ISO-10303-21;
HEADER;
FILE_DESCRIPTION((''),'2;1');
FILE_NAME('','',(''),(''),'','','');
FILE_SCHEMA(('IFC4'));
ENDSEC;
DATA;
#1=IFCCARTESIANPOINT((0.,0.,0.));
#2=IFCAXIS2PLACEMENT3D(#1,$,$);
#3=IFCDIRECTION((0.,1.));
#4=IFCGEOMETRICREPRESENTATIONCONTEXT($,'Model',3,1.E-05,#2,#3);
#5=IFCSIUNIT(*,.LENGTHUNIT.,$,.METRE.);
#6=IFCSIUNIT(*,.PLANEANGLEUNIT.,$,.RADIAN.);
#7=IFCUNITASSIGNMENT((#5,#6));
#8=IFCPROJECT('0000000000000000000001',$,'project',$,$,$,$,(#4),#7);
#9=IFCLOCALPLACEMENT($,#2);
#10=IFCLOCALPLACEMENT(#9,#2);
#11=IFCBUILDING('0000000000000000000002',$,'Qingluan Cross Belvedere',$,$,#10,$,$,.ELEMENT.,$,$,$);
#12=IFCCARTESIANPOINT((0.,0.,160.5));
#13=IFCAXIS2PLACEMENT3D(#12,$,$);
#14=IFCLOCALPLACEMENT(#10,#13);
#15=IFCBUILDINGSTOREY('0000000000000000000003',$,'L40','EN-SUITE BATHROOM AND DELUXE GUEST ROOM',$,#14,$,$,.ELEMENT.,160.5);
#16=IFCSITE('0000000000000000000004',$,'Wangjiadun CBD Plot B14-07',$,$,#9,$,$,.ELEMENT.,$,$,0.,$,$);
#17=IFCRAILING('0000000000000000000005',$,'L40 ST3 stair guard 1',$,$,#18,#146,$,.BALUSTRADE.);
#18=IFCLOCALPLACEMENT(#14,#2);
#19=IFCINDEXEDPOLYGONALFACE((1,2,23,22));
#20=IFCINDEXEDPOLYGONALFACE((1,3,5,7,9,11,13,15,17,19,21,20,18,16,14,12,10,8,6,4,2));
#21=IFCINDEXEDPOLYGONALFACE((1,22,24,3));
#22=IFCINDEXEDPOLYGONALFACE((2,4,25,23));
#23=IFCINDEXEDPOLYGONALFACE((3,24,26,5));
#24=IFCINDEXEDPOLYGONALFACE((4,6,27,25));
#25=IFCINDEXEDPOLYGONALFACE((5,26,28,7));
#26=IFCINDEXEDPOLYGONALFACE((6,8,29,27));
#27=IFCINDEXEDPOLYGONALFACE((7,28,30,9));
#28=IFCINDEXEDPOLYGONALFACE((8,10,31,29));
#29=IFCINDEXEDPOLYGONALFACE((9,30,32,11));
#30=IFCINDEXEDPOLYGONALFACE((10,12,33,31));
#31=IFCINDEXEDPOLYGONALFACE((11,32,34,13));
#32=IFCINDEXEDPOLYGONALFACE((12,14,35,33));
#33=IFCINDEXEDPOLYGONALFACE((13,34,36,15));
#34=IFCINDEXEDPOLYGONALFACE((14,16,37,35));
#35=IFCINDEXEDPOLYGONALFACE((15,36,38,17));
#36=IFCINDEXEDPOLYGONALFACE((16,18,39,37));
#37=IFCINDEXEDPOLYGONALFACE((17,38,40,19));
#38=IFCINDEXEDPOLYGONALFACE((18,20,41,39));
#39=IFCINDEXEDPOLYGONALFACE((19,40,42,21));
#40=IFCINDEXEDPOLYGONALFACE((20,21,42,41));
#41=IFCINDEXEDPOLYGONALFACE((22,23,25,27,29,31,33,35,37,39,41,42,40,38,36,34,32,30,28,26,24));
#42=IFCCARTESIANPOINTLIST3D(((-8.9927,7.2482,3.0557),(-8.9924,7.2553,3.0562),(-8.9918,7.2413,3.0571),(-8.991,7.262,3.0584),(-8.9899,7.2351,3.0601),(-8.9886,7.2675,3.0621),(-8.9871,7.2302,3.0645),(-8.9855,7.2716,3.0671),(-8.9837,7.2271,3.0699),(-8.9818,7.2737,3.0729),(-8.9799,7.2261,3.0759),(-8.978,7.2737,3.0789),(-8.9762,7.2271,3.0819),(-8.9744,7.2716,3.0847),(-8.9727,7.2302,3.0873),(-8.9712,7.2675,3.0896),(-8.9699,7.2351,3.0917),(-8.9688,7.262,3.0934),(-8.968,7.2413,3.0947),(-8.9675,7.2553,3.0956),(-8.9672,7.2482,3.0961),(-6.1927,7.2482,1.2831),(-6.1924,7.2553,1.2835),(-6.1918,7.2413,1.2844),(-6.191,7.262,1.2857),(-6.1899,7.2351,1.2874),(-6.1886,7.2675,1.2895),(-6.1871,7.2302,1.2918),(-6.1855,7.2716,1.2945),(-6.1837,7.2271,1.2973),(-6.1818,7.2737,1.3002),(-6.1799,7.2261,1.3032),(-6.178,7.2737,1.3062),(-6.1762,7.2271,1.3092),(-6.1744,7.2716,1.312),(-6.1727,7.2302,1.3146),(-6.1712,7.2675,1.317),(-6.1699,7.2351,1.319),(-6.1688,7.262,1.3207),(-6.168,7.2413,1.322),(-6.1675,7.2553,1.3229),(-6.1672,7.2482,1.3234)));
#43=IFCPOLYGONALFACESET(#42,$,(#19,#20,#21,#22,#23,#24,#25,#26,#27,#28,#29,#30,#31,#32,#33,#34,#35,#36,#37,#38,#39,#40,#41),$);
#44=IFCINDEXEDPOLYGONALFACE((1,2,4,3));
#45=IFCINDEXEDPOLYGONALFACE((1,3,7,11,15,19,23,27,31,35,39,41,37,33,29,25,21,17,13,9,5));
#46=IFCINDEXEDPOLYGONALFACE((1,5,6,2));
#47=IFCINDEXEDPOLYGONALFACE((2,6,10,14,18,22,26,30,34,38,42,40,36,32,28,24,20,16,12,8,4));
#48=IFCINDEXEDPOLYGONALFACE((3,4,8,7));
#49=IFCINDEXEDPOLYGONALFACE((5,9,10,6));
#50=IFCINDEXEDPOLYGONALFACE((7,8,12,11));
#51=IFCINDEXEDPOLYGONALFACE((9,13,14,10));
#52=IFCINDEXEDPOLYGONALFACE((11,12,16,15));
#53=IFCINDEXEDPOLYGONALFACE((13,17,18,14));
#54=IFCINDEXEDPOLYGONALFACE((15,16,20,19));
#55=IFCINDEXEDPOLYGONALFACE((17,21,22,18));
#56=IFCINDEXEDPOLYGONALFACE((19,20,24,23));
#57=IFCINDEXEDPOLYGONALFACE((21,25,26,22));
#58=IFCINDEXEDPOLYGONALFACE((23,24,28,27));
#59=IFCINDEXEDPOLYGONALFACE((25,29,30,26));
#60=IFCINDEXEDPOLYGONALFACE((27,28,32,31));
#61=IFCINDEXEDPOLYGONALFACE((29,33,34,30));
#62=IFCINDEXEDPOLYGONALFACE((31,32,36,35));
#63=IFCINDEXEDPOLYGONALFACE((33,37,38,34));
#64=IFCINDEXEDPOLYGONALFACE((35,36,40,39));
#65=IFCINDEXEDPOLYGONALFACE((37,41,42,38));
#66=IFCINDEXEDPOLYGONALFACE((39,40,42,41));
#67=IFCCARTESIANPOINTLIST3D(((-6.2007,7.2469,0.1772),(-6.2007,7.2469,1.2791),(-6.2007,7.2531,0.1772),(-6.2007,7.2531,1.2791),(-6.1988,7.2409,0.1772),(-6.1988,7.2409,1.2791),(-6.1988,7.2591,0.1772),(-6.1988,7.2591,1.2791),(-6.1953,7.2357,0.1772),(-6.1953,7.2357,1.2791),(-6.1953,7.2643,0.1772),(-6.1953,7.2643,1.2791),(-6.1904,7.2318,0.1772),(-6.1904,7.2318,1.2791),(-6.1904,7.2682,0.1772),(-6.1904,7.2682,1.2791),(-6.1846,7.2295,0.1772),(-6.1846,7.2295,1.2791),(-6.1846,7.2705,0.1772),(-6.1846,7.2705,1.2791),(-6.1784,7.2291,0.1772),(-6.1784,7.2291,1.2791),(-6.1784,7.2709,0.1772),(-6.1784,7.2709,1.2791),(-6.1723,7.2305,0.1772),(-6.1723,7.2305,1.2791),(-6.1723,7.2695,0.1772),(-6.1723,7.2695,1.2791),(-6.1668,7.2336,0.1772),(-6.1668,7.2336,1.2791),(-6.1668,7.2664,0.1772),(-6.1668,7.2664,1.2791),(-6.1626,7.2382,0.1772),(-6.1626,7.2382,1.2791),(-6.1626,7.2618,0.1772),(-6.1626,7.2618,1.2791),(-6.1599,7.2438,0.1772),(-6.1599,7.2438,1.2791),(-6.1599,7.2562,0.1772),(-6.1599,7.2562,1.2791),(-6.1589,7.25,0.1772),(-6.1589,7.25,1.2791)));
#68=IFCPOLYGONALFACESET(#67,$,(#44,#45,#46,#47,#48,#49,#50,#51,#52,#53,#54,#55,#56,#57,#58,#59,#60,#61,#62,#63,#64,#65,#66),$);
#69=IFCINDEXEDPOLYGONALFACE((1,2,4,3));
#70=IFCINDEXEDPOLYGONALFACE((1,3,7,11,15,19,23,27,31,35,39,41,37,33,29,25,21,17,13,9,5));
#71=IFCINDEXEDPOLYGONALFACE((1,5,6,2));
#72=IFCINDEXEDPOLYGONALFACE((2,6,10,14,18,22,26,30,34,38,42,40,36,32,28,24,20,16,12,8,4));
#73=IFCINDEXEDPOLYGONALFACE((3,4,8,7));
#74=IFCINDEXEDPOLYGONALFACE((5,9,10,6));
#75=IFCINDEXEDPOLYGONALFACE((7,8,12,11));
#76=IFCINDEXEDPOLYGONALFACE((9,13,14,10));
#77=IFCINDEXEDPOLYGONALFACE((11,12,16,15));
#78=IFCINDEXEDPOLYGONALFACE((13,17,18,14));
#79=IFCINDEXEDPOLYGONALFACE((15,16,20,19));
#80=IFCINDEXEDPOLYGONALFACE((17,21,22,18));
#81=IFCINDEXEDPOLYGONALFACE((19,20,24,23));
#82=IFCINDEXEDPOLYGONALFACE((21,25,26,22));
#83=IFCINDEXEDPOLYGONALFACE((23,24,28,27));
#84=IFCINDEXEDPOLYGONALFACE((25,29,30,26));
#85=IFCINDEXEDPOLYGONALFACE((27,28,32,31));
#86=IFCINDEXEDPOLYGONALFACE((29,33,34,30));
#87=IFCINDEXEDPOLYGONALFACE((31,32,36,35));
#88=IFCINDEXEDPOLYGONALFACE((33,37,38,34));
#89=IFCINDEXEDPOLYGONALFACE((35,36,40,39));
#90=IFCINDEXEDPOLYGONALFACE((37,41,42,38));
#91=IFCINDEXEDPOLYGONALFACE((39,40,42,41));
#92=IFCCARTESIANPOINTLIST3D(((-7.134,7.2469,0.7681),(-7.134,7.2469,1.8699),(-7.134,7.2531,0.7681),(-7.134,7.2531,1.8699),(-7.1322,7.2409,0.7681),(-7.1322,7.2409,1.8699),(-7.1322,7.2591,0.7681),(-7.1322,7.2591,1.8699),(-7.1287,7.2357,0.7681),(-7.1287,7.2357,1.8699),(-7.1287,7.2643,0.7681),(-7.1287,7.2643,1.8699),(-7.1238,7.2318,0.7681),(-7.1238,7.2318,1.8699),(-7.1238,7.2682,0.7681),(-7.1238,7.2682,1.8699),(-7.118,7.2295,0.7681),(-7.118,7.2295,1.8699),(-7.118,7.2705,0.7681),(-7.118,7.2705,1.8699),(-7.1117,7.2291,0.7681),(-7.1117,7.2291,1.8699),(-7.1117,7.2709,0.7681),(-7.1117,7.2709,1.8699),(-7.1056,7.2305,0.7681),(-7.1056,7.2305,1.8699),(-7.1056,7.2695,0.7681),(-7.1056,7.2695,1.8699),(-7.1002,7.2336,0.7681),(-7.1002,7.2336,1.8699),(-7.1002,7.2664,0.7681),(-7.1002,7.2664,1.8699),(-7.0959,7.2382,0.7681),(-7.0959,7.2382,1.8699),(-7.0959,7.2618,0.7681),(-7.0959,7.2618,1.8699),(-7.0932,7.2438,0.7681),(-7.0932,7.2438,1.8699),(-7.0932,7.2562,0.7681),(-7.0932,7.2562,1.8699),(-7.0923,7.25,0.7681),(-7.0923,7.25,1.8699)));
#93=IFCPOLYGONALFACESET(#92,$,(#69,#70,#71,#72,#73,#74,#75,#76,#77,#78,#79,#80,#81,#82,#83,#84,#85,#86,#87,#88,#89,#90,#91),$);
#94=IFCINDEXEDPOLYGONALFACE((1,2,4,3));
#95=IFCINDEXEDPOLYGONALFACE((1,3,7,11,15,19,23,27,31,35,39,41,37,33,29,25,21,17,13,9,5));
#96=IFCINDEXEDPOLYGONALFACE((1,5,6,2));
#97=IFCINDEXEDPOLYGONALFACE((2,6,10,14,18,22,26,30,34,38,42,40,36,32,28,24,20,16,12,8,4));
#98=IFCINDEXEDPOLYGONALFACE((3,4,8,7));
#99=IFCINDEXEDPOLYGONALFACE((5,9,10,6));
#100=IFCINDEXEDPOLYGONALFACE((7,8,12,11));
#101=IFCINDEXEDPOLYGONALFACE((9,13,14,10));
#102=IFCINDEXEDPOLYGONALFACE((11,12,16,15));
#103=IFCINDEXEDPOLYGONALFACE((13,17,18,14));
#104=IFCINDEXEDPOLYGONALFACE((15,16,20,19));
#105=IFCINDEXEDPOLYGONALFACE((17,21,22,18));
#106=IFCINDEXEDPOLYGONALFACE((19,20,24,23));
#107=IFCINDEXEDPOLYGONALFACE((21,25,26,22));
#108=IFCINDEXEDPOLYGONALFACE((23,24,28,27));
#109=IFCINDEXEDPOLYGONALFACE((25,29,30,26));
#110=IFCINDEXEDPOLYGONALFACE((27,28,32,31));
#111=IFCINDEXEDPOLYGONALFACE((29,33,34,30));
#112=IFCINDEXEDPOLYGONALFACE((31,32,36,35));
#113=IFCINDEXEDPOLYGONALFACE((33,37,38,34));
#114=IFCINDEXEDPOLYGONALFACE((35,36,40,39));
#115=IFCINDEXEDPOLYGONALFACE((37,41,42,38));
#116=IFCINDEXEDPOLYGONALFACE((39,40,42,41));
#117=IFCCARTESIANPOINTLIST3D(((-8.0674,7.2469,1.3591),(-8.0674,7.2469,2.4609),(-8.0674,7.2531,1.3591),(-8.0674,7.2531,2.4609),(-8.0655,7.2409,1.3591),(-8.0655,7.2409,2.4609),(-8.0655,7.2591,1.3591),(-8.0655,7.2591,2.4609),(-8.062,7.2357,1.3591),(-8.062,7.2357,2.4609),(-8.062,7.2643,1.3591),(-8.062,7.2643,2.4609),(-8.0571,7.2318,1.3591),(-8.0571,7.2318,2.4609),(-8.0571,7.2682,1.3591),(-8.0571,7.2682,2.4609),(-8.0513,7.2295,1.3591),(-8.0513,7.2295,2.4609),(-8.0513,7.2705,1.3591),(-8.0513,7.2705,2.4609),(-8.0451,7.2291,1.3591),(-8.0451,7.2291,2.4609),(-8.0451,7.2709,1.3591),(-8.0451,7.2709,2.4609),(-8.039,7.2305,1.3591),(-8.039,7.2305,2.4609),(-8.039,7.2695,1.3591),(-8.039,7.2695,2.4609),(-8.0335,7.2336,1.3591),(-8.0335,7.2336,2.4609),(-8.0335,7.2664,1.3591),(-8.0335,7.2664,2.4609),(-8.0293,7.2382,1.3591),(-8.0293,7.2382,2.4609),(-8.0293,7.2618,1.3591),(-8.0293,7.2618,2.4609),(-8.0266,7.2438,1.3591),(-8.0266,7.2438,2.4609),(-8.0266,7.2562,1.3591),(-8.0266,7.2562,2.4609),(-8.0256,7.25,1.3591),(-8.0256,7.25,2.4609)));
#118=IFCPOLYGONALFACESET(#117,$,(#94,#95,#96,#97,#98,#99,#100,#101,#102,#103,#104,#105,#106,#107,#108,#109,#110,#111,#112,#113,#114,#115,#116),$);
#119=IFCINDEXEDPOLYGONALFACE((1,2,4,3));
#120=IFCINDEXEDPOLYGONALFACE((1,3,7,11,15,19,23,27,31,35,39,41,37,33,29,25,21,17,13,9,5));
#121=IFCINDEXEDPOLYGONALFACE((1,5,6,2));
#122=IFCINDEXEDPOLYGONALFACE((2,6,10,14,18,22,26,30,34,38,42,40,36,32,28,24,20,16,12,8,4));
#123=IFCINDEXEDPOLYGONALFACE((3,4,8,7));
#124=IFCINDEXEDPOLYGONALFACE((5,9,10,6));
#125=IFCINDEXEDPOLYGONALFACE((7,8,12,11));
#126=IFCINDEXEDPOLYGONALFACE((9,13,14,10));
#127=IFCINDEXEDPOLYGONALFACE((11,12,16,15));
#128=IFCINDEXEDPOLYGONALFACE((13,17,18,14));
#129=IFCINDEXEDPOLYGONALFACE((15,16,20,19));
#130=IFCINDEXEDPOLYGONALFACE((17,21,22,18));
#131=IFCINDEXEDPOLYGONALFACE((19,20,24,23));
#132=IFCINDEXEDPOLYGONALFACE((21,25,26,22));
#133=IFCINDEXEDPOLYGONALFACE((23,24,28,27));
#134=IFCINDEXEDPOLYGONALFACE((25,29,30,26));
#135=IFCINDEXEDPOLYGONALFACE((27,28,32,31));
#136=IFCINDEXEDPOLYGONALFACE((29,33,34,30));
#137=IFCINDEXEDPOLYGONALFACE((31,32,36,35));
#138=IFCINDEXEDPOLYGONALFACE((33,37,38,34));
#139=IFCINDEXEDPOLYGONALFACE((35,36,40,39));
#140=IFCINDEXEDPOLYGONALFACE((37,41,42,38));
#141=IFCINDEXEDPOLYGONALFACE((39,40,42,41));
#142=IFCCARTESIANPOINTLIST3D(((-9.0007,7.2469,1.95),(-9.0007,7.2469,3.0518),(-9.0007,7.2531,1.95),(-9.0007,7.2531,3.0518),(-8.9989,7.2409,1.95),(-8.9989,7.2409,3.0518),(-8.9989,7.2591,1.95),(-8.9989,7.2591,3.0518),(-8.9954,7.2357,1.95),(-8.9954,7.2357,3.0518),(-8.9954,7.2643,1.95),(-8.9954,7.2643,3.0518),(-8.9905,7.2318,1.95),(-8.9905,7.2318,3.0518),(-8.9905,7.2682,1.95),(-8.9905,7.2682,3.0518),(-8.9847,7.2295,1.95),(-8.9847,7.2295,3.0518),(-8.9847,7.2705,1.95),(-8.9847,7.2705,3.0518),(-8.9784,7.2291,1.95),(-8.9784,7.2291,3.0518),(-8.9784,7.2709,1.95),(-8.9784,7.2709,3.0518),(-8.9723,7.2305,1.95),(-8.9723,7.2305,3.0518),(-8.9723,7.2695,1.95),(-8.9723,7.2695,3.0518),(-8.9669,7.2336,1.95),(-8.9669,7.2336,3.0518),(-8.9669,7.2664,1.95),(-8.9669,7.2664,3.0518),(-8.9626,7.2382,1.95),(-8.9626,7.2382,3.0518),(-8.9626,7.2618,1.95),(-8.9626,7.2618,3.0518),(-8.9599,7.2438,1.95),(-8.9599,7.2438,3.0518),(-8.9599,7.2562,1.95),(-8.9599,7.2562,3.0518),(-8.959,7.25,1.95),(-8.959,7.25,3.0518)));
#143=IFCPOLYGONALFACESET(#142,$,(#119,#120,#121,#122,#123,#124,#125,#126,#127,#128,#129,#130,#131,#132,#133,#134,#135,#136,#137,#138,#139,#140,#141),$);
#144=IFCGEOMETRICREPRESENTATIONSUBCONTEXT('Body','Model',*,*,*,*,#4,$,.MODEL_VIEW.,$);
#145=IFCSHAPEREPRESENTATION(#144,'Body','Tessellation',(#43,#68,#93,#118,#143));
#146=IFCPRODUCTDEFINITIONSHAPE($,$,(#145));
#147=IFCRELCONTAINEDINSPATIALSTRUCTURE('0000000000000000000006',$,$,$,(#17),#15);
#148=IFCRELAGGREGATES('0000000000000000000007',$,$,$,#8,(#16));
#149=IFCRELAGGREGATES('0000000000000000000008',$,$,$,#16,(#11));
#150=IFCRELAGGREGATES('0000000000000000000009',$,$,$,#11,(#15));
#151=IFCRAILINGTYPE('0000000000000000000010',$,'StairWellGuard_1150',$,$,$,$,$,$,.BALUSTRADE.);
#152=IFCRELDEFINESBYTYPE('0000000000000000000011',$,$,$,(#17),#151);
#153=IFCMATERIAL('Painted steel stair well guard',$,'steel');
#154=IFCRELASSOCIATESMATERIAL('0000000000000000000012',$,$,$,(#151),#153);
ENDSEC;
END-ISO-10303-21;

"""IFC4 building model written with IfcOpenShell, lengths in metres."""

from ifc_helpers import new_model, si_unit, direction, frame, origin, origin_2d, place, context, subcontext, project, spatial, circle, extrude, material, type_object, element, save


model = new_model("IFC4")

# Units and contexts
model_context = context("Model", 3, precision=1e-05, world=origin(), true_north=direction((0.0, 1.0)))
body_context = subcontext(model_context, "Body", "Model", "MODEL_VIEW")
ifc_project = project(units=[si_unit("LENGTHUNIT", "METRE"), si_unit("PLANEANGLEUNIT", "RADIAN")], contexts=[model_context])

# Site, building, storey
site_placement = place(None, origin())
site = spatial("IfcSite", under=ifc_project, at=site_placement, Name="Wangjiadun CBD Plot B14-07", CompositionType="ELEMENT", RefElevation=0.0)
building_placement = place(site_placement, origin())
building = spatial("IfcBuilding", under=site, at=building_placement, Name="Qingluan Cross Belvedere", CompositionType="ELEMENT")
storey_placement = place(building_placement, frame((0.0, 0.0, 160.5)))
storey = spatial("IfcBuildingStorey", under=building, at=storey_placement, Name="L40", Description="EN-SUITE BATHROOM AND DELUXE GUEST ROOM", CompositionType="ELEMENT", Elevation=160.5)

# Railing
ifc_material_1 = material(Name="Painted steel stair well guard", Category="steel")
railing_type_1 = type_object("IfcRailingType", Name="StairWellGuard_1150", PredefinedType="BALUSTRADE", material=ifc_material_1)
railing_1_placement = place(storey_placement, frame((-6.1799, 7.25, 0.1772)))
element("IfcRailing", 1, at=railing_1_placement, inside=storey, type_object=railing_type_1, Name="L40 ST3 stair guard 1", PredefinedType="BALUSTRADE", context=body_context, shape_type="SweptSolid", body=[
    extrude(circle(Radius=0.0239, at=origin_2d()), frame((0.0, 0.0, 1.126), z_axis=(-0.844909, 0.0, 0.53491), x_axis=(0.0, -1.0, 0.0)), (0.0, 0.0, 1.0), 3.314),
    extrude(circle(Radius=0.021, at=origin_2d()), origin(), (0.0, 0.0, 1.0), 1.1018),
    extrude(circle(Radius=0.021, at=origin_2d()), frame((-0.9333, 0.0, 0.5908)), (0.0, 0.0, 1.0), 1.1018),
    extrude(circle(Radius=0.021, at=origin_2d()), frame((-1.8667, 0.0, 1.1819)), (0.0, 0.0, 1.0), 1.1018),
    extrude(circle(Radius=0.021, at=origin_2d()), frame((-2.8, 0.0, 1.7727)), (0.0, 0.0, 1.0), 1.1018),
])

save(model, "model.ifc")
